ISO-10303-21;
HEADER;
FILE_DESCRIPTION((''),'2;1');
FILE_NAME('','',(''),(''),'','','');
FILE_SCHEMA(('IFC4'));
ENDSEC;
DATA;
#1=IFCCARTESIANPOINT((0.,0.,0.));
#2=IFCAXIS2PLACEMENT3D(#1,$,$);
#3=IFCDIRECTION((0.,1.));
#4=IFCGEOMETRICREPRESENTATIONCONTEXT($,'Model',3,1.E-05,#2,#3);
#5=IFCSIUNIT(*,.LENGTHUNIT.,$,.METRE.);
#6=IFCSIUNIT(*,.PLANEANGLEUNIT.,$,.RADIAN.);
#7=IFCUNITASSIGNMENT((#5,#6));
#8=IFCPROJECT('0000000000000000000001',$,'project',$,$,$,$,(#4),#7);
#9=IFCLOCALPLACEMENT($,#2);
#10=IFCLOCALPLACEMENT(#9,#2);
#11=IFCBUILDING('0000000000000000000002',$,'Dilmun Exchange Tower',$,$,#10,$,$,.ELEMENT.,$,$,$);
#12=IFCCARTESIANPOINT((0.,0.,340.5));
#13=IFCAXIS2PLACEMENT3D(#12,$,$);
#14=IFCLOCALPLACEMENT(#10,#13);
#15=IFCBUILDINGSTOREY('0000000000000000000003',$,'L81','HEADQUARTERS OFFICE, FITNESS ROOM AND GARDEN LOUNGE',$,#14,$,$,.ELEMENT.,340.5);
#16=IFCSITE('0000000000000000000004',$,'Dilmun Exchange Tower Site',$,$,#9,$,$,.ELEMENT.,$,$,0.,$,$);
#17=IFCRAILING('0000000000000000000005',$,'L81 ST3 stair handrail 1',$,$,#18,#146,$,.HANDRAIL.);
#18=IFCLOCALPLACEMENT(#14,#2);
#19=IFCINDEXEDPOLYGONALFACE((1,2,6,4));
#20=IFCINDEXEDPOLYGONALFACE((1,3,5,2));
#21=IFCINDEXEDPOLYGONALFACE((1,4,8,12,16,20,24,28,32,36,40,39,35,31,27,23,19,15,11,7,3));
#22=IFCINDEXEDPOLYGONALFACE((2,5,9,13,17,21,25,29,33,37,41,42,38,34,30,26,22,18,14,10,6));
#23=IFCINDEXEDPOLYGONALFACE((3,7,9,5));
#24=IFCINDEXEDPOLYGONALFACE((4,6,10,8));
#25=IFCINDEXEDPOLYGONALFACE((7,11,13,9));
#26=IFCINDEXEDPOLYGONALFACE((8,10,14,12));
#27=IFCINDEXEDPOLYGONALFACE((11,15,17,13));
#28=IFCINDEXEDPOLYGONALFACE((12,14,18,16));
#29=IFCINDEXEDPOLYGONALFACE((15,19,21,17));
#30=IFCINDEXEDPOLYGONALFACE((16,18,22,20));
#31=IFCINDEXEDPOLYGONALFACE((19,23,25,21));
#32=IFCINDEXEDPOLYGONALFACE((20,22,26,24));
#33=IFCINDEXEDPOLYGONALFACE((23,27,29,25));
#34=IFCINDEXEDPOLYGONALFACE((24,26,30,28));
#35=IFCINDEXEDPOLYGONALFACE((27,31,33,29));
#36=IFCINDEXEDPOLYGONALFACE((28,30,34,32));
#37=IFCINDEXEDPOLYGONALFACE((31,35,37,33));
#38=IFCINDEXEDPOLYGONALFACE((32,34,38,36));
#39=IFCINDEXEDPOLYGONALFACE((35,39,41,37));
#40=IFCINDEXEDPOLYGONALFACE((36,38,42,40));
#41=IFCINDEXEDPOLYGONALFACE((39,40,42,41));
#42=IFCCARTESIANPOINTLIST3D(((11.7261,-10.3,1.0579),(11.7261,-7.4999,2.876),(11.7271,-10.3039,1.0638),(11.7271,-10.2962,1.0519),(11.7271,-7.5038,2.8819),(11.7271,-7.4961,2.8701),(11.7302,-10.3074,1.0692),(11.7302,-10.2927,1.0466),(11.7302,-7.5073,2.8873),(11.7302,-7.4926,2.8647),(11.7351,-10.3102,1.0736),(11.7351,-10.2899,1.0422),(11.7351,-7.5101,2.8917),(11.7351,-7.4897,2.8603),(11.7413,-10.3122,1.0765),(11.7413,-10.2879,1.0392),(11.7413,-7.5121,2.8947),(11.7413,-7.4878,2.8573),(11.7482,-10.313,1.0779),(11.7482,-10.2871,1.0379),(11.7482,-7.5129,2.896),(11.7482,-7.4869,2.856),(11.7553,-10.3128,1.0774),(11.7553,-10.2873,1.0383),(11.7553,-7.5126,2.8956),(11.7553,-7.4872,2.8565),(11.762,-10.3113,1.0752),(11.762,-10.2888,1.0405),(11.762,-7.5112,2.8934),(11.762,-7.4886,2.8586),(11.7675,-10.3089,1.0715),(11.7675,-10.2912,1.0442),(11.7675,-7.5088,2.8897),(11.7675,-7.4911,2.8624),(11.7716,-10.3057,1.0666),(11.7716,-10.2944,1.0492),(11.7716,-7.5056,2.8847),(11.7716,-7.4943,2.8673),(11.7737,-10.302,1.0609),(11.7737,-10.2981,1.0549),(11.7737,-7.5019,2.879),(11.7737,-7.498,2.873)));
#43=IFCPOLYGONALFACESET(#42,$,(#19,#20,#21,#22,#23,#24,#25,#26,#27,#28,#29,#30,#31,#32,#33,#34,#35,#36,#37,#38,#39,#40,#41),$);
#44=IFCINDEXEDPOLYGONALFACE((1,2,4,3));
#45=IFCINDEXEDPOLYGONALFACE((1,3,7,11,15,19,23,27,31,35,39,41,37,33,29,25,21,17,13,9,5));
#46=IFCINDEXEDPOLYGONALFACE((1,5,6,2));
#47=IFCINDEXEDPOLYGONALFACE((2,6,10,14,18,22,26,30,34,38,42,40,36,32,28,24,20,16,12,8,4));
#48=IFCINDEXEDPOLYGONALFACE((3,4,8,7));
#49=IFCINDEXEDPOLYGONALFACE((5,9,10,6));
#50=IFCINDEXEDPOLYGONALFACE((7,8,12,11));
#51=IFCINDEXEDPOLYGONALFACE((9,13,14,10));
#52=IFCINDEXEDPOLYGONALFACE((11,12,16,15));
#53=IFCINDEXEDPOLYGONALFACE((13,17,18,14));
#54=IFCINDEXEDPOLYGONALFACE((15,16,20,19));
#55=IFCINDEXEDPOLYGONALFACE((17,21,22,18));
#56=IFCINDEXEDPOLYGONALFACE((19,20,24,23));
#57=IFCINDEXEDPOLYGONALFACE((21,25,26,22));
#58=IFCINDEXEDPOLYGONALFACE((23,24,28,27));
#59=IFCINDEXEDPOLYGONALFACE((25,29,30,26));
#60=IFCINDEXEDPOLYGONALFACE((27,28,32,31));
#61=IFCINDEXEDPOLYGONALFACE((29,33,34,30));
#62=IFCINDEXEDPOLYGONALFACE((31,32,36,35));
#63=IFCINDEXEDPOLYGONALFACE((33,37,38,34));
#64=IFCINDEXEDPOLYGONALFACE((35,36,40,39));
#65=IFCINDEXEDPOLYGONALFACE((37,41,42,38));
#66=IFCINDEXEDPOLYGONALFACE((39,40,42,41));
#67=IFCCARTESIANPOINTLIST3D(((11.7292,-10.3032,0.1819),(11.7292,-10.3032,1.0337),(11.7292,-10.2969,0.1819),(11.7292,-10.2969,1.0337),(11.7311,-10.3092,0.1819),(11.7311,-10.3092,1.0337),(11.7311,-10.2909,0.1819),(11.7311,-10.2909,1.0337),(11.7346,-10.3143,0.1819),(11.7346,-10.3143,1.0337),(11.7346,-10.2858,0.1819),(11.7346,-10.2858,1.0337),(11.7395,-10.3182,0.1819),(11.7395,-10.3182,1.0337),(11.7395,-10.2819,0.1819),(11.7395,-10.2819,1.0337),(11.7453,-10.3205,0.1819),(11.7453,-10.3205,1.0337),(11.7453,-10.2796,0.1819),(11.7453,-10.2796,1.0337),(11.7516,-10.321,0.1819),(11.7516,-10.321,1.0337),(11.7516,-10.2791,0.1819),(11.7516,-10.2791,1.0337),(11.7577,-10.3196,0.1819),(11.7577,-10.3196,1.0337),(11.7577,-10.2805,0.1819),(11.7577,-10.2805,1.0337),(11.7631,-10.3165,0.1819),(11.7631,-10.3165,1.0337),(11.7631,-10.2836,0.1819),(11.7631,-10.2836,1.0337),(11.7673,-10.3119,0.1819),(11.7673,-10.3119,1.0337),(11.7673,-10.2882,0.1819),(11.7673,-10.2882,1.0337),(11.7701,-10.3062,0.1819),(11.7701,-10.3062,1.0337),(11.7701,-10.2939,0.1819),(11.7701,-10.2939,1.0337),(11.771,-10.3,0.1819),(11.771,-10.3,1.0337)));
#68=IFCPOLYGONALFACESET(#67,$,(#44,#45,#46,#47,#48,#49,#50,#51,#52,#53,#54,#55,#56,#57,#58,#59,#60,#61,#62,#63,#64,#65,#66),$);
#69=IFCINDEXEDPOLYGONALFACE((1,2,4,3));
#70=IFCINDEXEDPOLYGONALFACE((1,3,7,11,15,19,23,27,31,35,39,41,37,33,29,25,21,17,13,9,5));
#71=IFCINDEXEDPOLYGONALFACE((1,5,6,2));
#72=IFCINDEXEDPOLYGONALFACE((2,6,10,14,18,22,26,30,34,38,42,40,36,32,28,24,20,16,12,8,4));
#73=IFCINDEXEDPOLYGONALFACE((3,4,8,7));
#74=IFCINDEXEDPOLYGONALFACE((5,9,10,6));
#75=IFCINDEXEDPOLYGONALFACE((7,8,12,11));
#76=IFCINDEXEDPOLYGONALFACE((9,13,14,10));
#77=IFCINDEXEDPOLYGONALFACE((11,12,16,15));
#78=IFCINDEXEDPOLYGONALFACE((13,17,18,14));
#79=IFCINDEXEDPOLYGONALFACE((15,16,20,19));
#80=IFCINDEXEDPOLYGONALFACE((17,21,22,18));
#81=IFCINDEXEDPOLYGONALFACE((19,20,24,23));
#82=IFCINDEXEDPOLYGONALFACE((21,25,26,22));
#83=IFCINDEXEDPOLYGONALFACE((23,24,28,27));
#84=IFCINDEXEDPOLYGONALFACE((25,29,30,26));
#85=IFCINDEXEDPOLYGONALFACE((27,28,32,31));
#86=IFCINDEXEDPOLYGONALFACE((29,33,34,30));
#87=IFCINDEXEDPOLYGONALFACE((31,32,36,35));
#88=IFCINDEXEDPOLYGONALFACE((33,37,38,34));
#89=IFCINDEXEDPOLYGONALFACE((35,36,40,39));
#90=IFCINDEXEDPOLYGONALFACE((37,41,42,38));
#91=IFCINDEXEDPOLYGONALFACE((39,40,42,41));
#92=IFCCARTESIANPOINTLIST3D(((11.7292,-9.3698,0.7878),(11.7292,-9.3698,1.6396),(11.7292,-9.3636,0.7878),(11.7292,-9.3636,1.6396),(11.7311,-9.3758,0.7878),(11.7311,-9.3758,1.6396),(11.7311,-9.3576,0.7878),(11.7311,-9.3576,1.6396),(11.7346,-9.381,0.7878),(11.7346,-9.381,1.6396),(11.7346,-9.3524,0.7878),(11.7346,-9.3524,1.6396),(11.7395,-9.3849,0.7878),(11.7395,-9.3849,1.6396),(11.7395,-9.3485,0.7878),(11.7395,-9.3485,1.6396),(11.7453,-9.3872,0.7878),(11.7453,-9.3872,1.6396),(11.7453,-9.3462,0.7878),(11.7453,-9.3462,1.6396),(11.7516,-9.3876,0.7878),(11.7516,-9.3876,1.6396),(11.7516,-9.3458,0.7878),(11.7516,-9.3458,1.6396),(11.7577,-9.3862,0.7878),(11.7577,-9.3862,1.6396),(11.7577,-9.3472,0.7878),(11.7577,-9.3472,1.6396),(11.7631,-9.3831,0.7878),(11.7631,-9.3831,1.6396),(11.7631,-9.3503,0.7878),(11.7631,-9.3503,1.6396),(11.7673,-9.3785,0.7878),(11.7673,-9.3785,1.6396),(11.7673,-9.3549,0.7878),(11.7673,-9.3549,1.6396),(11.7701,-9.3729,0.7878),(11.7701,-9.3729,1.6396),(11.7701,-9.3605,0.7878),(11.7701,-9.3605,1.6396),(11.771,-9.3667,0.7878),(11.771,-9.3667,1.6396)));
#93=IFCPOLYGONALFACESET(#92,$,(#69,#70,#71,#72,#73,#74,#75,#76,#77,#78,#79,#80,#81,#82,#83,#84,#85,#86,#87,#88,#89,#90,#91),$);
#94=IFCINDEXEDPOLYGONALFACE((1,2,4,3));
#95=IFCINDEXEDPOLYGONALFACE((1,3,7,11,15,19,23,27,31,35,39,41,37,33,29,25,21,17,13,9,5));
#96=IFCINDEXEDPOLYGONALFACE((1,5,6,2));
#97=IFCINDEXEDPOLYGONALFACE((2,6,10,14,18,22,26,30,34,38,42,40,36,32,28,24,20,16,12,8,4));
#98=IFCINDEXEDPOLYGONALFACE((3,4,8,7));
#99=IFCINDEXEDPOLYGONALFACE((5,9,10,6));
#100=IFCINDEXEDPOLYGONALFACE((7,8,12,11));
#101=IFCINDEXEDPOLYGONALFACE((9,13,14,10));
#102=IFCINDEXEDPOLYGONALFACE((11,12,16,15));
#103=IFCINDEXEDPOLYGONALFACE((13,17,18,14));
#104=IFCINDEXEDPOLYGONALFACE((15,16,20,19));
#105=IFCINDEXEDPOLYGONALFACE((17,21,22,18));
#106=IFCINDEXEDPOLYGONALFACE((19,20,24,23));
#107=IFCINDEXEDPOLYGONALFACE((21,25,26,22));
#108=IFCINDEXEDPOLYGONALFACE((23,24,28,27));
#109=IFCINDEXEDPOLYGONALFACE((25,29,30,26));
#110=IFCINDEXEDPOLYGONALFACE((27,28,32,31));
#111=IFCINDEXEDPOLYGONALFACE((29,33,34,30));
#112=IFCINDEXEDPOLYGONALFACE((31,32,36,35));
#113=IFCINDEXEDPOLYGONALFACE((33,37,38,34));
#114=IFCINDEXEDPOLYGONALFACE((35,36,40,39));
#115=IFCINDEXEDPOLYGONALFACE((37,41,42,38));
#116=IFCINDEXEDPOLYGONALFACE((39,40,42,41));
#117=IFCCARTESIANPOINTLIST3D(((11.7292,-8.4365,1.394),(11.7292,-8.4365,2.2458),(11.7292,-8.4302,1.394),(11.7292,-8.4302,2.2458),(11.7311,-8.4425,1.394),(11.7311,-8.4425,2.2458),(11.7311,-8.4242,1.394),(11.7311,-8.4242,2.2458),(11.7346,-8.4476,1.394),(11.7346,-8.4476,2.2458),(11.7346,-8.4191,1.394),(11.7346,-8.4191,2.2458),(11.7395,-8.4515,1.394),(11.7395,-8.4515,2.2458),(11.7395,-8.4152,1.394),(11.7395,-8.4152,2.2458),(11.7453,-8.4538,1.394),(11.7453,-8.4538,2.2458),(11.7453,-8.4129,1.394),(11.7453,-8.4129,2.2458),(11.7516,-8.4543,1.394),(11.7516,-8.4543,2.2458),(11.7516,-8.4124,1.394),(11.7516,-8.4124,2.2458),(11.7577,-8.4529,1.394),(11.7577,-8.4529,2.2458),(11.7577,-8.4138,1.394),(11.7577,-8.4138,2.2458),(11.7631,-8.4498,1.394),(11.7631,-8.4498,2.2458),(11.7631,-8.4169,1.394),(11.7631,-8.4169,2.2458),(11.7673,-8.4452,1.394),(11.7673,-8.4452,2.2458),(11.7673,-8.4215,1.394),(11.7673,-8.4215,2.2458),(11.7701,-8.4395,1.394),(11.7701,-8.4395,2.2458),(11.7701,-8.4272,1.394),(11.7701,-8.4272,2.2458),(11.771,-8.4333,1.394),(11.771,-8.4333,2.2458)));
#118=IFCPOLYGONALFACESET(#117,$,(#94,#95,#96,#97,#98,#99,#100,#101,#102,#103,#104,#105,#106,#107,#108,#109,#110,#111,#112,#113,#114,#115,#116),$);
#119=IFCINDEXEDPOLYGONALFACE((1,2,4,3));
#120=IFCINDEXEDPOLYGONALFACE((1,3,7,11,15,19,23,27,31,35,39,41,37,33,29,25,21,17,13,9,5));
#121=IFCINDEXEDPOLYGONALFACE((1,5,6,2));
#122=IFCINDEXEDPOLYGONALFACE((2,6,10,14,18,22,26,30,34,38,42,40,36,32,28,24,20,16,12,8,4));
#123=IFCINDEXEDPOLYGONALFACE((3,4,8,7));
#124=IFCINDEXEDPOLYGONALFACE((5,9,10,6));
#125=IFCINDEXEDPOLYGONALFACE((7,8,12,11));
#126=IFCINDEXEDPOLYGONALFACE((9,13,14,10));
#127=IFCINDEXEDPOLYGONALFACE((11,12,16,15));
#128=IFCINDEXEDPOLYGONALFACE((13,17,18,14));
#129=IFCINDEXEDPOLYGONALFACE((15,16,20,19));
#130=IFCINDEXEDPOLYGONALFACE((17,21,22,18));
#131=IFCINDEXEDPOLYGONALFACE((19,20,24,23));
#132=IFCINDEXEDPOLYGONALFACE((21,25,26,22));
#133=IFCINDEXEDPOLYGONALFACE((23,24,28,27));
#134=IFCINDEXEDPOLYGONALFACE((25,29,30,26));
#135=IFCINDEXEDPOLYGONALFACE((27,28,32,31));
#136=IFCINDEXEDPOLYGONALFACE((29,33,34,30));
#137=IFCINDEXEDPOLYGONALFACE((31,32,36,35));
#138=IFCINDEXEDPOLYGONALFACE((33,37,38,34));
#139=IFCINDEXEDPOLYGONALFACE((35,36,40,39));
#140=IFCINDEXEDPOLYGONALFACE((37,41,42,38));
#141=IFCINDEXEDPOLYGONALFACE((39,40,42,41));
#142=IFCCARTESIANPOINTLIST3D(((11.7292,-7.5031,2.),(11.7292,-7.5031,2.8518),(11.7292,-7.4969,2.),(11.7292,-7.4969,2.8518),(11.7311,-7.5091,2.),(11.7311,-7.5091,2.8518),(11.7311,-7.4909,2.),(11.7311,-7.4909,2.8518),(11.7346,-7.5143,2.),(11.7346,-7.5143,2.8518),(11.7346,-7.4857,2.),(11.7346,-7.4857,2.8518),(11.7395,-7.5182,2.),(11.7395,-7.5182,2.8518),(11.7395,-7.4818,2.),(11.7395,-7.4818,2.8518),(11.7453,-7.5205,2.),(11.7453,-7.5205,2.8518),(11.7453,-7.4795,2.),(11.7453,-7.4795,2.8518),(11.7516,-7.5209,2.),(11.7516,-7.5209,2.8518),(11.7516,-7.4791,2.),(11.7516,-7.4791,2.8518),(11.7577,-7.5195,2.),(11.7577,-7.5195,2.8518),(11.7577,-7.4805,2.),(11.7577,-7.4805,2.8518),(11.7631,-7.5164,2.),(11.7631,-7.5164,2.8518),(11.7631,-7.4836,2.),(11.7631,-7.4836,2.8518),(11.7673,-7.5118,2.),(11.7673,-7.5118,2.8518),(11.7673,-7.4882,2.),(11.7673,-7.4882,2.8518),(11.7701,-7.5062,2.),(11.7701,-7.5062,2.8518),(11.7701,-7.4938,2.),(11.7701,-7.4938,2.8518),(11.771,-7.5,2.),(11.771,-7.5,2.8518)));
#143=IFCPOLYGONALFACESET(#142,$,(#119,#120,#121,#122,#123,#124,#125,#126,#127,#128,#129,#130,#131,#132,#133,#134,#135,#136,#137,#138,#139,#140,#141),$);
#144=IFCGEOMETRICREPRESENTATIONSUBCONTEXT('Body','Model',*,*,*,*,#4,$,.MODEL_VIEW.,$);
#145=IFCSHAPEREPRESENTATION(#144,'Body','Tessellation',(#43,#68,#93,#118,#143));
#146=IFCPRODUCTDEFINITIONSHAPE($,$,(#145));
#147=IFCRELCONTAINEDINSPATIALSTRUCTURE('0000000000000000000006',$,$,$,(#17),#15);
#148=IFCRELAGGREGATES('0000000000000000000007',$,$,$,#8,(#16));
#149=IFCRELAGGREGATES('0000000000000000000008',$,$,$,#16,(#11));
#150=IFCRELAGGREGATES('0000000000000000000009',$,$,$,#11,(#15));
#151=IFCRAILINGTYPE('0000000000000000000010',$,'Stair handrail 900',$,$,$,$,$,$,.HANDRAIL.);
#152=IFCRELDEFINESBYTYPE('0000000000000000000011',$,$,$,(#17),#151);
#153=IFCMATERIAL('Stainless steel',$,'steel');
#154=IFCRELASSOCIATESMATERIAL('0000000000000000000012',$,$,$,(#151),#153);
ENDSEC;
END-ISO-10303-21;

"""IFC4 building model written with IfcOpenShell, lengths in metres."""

from ifc_helpers import new_model, si_unit, direction, frame, origin, origin_2d, place, context, subcontext, project, spatial, circle, extrude, material, type_object, element, save


model = new_model("IFC4")

# Units and contexts
model_context = context("Model", 3, precision=1e-05, world=origin(), true_north=direction((0.0, 1.0)))
body_context = subcontext(model_context, "Body", "Model", "MODEL_VIEW")
ifc_project = project(units=[si_unit("LENGTHUNIT", "METRE"), si_unit("PLANEANGLEUNIT", "RADIAN")], contexts=[model_context])

# Site, building, storey
site_placement = place(None, origin())
site = spatial("IfcSite", under=ifc_project, at=site_placement, Name="Dilmun Exchange Tower Site", CompositionType="ELEMENT", RefElevation=0.0)
building_placement = place(site_placement, origin())
building = spatial("IfcBuilding", under=site, at=building_placement, Name="Dilmun Exchange Tower", CompositionType="ELEMENT")
storey_placement = place(building_placement, frame((0.0, 0.0, 340.5)))
storey = spatial("IfcBuildingStorey", under=building, at=storey_placement, Name="L81", Description="HEADQUARTERS OFFICE, FITNESS ROOM AND GARDEN LOUNGE", CompositionType="ELEMENT", Elevation=340.5)

# Railing
ifc_material_1 = material(Name="Stainless steel", Category="steel")
railing_type = type_object("IfcRailingType", Name="Stair handrail 900", PredefinedType="HANDRAIL", material=ifc_material_1)
railing_placement = place(storey_placement, frame((11.75, -10.3, 0.1819)))
element("IfcRailing", 1, at=railing_placement, inside=storey, type_object=railing_type, Name="L81 ST3 stair handrail 1", PredefinedType="HANDRAIL", context=body_context, shape_type="SweptSolid", body=[
    extrude(circle(Radius=0.0239, at=origin_2d()), frame((0.0, 0.0, 0.876), z_axis=(0.0, 0.838706, 0.544585), x_axis=(-1.0, 0.0, 0.0)), (0.0, 0.0, 1.0), 3.3386),
    extrude(circle(Radius=0.021, at=origin_2d()), origin(), (0.0, 0.0, 1.0), 0.8518),
    extrude(circle(Radius=0.021, at=origin_2d()), frame((0.0, 0.9333, 0.606)), (0.0, 0.0, 1.0), 0.8518),
    extrude(circle(Radius=0.021, at=origin_2d()), frame((0.0, 1.8667, 1.2122)), (0.0, 0.0, 1.0), 0.8518),
    extrude(circle(Radius=0.021, at=origin_2d()), frame((0.0, 2.8, 1.8181)), (0.0, 0.0, 1.0), 0.8518),
])

save(model, "model.ifc")
